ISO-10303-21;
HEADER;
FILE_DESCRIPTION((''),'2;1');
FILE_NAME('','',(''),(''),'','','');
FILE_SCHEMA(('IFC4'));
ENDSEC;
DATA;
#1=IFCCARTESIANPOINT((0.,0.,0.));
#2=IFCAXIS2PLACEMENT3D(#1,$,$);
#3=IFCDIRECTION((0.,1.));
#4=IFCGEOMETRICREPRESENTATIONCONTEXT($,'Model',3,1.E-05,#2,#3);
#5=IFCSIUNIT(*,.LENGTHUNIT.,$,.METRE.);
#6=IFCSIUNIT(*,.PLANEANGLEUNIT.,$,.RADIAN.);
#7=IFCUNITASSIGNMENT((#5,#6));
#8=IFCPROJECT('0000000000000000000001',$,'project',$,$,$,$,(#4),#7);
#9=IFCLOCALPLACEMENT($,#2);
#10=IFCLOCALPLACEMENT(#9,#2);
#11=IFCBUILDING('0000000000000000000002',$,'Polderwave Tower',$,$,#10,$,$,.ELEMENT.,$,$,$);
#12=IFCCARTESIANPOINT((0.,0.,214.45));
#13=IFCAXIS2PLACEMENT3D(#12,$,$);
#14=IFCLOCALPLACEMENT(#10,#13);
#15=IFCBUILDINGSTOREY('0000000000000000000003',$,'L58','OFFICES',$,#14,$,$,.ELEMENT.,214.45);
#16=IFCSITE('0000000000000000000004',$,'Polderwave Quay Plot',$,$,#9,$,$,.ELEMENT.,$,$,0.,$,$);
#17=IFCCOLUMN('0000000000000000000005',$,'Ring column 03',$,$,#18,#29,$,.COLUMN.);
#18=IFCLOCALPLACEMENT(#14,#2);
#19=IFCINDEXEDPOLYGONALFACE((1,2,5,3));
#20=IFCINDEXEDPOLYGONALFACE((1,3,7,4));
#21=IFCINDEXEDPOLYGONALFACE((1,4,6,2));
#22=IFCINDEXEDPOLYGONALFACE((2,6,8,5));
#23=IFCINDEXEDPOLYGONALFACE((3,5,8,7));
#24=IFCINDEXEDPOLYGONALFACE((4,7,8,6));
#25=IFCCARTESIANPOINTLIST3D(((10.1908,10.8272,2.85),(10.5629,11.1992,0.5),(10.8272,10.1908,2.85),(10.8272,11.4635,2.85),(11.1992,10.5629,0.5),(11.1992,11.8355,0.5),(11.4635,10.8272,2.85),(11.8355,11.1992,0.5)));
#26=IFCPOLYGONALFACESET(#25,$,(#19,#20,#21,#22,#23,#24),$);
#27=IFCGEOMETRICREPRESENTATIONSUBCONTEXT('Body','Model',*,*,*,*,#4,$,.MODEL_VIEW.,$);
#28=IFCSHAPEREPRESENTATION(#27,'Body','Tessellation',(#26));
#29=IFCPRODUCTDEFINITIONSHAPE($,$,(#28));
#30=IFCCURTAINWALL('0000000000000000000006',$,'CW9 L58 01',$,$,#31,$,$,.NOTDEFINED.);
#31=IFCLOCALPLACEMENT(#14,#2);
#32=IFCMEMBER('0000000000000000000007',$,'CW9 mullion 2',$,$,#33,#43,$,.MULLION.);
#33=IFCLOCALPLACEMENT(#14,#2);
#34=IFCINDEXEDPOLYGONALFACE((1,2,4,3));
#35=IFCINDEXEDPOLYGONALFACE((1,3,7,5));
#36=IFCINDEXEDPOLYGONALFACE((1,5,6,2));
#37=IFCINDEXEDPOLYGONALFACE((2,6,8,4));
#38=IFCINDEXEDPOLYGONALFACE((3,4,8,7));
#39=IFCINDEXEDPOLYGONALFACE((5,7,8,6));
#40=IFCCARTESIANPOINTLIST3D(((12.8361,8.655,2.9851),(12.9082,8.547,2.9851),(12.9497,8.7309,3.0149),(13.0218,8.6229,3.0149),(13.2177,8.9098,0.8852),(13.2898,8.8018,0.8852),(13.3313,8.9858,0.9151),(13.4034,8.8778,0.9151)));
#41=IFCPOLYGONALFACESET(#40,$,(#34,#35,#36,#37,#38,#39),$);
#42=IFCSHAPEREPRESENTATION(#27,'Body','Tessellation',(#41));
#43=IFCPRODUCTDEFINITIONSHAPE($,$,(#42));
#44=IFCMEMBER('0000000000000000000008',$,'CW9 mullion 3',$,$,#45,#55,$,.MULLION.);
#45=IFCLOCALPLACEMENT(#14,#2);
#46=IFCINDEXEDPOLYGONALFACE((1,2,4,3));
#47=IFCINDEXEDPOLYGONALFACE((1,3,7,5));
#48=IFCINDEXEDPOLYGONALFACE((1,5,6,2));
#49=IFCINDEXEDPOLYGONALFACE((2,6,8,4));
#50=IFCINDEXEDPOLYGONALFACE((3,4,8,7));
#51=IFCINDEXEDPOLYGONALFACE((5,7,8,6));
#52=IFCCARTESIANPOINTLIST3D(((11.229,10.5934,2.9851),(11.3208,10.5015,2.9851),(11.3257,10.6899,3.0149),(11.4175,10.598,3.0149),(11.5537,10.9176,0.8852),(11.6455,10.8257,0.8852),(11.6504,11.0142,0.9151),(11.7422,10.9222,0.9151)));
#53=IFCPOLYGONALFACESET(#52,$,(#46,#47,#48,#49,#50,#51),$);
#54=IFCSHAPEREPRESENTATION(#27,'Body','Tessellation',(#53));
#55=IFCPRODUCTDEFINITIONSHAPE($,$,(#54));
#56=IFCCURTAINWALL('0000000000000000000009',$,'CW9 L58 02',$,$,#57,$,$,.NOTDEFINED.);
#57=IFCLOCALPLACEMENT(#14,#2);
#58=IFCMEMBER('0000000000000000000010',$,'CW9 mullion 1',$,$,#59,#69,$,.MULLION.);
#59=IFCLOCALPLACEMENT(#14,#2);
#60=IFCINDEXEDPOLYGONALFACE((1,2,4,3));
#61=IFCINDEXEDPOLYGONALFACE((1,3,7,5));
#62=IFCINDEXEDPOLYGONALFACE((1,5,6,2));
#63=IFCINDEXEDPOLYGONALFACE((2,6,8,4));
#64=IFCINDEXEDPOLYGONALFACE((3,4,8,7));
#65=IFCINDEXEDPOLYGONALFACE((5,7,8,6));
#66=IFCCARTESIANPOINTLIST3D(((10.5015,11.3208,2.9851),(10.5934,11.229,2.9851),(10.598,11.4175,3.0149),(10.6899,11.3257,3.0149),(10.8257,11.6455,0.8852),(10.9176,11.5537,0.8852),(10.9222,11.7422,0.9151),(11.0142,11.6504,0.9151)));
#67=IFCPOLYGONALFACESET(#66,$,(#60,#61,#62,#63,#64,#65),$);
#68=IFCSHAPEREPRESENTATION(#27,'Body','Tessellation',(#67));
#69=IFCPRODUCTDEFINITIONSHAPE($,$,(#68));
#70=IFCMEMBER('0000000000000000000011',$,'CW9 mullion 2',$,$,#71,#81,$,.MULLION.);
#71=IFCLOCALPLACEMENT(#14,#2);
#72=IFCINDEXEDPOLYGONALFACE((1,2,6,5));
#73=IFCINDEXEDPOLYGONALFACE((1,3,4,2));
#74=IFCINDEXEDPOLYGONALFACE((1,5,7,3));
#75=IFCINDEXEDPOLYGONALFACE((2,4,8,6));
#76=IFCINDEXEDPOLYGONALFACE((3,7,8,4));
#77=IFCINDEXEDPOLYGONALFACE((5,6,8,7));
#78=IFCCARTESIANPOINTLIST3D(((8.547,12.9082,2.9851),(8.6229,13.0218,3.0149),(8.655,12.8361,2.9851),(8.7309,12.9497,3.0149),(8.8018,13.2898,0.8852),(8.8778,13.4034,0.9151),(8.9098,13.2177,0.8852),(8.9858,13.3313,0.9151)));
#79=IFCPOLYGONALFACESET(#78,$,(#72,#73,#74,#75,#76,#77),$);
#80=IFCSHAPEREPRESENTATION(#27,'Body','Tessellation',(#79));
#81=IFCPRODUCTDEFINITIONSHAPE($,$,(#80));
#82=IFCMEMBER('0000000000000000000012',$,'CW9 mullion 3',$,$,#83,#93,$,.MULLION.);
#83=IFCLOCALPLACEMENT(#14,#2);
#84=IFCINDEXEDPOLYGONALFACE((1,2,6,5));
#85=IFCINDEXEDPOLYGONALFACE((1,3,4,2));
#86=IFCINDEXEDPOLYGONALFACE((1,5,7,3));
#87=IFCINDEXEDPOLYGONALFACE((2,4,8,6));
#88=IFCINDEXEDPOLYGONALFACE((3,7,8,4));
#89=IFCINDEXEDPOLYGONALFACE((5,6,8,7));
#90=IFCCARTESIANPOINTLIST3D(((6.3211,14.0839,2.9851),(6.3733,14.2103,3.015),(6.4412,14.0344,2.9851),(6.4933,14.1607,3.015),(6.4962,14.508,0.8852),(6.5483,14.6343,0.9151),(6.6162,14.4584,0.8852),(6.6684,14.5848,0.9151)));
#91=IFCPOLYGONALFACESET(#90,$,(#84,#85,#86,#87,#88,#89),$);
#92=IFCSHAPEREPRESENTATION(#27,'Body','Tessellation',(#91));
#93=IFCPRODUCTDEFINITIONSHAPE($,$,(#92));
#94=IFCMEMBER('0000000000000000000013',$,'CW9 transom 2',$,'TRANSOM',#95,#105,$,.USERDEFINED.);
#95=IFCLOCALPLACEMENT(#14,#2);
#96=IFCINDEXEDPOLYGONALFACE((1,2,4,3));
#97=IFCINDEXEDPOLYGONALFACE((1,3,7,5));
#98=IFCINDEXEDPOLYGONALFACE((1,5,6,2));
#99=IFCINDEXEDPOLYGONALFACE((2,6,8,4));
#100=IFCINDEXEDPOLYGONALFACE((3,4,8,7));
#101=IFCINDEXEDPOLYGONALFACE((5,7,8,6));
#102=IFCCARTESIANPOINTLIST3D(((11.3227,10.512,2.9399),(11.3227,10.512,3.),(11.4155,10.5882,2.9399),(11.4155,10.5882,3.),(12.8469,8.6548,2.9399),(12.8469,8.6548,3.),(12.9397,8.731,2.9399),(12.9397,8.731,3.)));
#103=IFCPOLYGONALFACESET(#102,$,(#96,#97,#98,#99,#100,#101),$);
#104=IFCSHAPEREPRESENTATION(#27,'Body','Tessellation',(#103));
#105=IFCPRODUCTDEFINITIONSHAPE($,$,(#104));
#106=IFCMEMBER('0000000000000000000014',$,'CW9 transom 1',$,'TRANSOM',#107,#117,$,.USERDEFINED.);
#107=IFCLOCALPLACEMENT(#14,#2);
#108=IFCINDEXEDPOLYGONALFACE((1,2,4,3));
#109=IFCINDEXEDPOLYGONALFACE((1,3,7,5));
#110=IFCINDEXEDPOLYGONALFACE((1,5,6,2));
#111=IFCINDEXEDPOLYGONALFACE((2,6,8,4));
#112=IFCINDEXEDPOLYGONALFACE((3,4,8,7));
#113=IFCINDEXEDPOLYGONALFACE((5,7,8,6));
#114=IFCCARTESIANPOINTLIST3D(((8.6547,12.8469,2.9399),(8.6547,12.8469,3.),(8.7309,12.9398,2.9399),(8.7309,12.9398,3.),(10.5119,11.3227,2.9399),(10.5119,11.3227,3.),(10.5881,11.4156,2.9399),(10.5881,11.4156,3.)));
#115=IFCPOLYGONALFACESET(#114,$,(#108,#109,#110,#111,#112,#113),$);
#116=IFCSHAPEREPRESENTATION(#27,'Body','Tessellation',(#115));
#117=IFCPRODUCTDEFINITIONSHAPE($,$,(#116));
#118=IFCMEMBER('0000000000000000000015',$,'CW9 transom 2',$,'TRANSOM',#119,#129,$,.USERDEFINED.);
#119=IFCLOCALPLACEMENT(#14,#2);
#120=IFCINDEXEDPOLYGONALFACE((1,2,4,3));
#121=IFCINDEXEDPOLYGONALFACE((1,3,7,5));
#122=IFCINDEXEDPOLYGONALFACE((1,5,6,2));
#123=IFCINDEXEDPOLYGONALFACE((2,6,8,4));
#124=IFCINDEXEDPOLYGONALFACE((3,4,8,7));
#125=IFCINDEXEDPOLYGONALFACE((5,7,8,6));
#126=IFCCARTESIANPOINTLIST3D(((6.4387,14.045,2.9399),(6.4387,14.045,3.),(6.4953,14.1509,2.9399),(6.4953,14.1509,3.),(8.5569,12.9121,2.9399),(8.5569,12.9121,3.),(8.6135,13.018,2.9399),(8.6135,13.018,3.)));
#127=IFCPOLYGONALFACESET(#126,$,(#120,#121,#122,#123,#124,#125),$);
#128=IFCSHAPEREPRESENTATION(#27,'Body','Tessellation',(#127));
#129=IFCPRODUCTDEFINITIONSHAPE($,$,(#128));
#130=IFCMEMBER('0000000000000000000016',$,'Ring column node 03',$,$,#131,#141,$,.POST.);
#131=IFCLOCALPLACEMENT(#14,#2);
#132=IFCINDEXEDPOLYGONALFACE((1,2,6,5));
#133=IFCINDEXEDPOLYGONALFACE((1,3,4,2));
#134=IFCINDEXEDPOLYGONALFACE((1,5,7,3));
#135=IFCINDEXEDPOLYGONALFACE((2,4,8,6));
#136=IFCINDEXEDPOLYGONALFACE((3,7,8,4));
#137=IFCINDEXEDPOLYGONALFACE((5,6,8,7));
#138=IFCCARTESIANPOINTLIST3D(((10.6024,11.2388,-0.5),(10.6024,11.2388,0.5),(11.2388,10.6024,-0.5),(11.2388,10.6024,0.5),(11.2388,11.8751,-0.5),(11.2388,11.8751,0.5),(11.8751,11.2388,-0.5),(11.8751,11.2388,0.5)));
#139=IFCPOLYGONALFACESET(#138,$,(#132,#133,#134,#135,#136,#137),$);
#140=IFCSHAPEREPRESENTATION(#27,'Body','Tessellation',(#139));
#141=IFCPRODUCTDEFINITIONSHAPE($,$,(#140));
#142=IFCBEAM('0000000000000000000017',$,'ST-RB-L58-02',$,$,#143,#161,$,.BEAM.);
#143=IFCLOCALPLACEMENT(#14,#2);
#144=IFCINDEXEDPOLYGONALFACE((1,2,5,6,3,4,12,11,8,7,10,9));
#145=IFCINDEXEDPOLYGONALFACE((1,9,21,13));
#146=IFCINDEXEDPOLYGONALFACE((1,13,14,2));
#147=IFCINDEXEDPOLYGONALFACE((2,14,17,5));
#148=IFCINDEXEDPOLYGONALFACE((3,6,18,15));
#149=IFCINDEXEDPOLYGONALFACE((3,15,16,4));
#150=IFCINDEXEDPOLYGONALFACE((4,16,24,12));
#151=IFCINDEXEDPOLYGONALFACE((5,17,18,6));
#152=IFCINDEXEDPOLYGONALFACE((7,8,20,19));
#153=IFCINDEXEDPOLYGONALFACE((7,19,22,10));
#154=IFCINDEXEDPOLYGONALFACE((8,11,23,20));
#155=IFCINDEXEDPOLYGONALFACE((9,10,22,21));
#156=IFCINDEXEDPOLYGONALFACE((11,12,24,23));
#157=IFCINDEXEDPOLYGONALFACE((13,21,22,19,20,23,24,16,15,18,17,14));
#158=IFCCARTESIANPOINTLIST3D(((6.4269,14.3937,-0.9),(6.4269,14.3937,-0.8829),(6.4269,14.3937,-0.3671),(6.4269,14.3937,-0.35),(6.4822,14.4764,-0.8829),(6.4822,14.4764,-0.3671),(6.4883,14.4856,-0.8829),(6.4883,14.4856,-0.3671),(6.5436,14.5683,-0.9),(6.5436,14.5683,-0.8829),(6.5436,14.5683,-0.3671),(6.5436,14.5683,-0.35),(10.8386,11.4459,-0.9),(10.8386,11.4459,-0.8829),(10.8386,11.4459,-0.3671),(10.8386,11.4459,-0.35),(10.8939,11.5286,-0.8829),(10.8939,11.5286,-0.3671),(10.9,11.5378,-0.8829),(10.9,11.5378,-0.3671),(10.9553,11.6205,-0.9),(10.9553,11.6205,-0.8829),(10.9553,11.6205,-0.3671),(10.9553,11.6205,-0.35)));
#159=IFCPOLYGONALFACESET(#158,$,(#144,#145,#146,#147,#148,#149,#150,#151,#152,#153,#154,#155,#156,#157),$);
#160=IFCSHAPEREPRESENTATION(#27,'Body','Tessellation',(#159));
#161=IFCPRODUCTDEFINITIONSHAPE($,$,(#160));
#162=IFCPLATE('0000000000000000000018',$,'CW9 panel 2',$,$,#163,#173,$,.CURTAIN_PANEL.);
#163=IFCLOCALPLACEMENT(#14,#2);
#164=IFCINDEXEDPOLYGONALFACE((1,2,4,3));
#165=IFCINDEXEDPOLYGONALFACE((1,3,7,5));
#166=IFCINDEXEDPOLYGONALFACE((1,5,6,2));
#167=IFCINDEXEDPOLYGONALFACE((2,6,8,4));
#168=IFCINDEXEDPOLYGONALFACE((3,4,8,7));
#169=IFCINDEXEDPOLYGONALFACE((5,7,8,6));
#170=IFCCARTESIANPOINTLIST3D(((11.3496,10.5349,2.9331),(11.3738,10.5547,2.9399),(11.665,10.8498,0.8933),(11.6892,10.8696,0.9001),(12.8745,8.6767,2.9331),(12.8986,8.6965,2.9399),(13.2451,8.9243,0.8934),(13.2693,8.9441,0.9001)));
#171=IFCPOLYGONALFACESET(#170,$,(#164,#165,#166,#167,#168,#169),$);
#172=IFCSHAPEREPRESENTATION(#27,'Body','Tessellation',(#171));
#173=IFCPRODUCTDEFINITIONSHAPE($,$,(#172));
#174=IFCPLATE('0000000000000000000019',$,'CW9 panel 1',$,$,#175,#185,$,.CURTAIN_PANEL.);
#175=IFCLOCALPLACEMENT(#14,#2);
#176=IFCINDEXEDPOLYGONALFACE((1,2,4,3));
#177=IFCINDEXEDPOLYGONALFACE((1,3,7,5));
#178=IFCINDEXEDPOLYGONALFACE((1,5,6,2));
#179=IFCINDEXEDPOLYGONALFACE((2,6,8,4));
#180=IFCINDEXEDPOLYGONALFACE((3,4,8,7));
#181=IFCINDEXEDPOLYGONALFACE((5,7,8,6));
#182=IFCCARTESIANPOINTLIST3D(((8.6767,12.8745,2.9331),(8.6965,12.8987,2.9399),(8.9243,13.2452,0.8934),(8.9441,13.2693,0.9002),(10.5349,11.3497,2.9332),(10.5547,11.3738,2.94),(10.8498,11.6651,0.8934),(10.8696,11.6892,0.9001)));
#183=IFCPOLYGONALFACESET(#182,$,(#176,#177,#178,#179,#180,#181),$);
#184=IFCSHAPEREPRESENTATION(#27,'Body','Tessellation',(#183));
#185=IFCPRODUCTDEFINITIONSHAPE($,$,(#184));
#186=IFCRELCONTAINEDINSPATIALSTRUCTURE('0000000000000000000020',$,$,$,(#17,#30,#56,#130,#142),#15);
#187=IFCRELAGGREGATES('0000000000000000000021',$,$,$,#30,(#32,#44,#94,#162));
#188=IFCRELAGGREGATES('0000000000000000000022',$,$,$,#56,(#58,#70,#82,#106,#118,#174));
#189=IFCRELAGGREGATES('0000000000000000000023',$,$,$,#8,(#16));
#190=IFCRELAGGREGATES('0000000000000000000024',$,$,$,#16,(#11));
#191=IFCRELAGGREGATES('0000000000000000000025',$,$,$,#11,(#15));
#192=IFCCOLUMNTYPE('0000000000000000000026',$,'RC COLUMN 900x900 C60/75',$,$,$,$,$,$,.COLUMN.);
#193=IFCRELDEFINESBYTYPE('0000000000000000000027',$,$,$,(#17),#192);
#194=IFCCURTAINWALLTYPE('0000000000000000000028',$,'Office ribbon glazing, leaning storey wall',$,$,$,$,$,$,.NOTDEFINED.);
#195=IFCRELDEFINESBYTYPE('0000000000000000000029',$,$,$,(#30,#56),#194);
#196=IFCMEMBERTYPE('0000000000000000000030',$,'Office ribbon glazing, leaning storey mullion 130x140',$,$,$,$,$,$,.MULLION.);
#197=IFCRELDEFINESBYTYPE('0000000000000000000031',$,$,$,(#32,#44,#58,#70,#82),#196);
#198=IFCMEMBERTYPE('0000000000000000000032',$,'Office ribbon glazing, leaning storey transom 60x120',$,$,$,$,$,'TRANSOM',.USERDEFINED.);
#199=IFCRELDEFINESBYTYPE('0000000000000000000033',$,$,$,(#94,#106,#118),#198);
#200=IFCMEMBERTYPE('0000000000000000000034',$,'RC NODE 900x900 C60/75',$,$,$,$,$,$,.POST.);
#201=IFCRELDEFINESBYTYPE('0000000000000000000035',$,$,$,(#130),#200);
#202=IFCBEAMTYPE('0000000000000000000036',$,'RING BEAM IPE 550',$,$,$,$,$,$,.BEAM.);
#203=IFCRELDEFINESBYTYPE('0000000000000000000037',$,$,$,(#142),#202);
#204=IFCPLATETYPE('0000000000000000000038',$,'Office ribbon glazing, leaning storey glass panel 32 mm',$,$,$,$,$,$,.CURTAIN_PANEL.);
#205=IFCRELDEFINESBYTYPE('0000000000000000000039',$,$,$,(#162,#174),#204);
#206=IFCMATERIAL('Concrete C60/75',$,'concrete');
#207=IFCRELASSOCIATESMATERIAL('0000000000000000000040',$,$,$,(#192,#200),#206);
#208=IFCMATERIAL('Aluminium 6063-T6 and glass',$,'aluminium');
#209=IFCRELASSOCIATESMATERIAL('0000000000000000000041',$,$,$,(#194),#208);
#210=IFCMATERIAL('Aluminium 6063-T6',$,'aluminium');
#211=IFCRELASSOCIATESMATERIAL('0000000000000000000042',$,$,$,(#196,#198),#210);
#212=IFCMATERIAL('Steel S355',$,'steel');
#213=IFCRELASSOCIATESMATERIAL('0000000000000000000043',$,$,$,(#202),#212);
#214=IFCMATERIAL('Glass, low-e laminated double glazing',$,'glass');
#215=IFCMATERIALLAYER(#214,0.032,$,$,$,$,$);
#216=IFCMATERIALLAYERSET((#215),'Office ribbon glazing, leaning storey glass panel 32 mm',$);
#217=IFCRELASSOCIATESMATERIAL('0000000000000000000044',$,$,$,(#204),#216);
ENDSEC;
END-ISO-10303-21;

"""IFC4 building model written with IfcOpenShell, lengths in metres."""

from ifc_helpers import new_model, si_unit, direction, frame, origin, origin_2d, place, context, subcontext, project, spatial, polyline, rectangle, i_section, outline, extrude, material, layer, layer_set, material_profile, profile_set, type_object, element, aggregate, save


model = new_model("IFC4")

# Units and contexts
model_context = context("Model", 3, precision=1e-05, world=origin(), true_north=direction((0.0, 1.0)))
body_context = subcontext(model_context, "Body", "Model", "MODEL_VIEW")
ifc_project = project(units=[si_unit("LENGTHUNIT", "METRE"), si_unit("PLANEANGLEUNIT", "RADIAN")], contexts=[model_context])

# Site, building, storey
site_placement = place(None, origin())
site = spatial("IfcSite", under=ifc_project, at=site_placement, Name="Polderwave Quay Plot", CompositionType="ELEMENT", RefElevation=0.0)
building_placement = place(site_placement, origin())
building = spatial("IfcBuilding", under=site, at=building_placement, Name="Polderwave Tower", CompositionType="ELEMENT")
storey_placement = place(building_placement, frame((0.0, 0.0, 214.45)))
storey = spatial("IfcBuildingStorey", under=building, at=storey_placement, Name="L58", Description="OFFICES", CompositionType="ELEMENT", Elevation=214.45)

# Column
ifc_material_1 = material(Name="Concrete C60/75", Category="concrete")
ifc_material_profile_1 = material_profile(ifc_material_1, rectangle(XDim=0.8999, YDim=0.8999, at=origin_2d()), Name="RC 900x900")
ifc_profile_set_1 = profile_set([ifc_material_profile_1], Name="Concrete C60/75")
column_type = type_object("IfcColumnType", Name="RC COLUMN 900x900 C60/75", PredefinedType="COLUMN", material=ifc_profile_set_1)
column_placement = place(storey_placement, frame((11.1992, 11.1992, 0.5), z_axis=(0.0, 0.0, 1.0), x_axis=(0.707107, -0.707107, 0.0)))
element("IfcColumn", 1, at=column_placement, inside=storey, type_object=column_type, Name="Ring column 03", PredefinedType="COLUMN", context=body_context, shape_type="SweptSolid", body=[
    extrude(rectangle(XDim=0.8999, YDim=0.8999, at=origin_2d()), origin(), (0.0, -0.21849, 0.975839), 2.4082),
])

# Curtain walls, members
ifc_material_2 = material(Name="Aluminium 6063-T6 and glass", Category="aluminium")
curtain_wall_type = type_object("IfcCurtainWallType", Name="Office ribbon glazing, leaning storey wall", PredefinedType="NOTDEFINED", material=ifc_material_2)
curtain_wall_1_placement = place(storey_placement, origin())
curtain_wall_1 = element("IfcCurtainWall", 2, at=curtain_wall_1_placement, inside=storey, type_object=curtain_wall_type, Name="CW9 L58 01", PredefinedType="NOTDEFINED")
ifc_material_3 = material(Name="Aluminium 6063-T6", Category="aluminium")
ifc_material_profile_2 = material_profile(ifc_material_3, rectangle(XDim=0.1299, YDim=0.1399, at=origin_2d()), Name="AL 130x140")
ifc_profile_set_2 = profile_set([ifc_material_profile_2], Name="Aluminium 6063-T6")
member_type_1 = type_object("IfcMemberType", Name="Office ribbon glazing, leaning storey mullion 130x140", PredefinedType="MULLION", material=ifc_profile_set_2)
member_1_placement = place(storey_placement, frame((13.3105, 8.8938, 0.9001), z_axis=(-0.177533, -0.118583, 0.976944), x_axis=(0.555437, -0.831559, 0.0)))
member_1 = element("IfcMember", 3, at=member_1_placement, type_object=member_type_1, Name="CW9 mullion 2", PredefinedType="MULLION", context=body_context, shape_type="SweptSolid", body=[
    extrude(rectangle(XDim=0.1299, YDim=0.1399, at=origin_2d()), origin(), (0.0, 0.0, 1.0), 2.1494),
])
member_2_placement = place(storey_placement, frame((11.6479, 10.9199, 0.9001), z_axis=(-0.151068, -0.150841, 0.976947), x_axis=(0.706575, -0.707639, 0.0)))
member_2 = element("IfcMember", 4, at=member_2_placement, type_object=member_type_1, Name="CW9 mullion 3", PredefinedType="MULLION", context=body_context, shape_type="SweptSolid", body=[
    extrude(rectangle(XDim=0.1299, YDim=0.1399, at=origin_2d()), origin(), (0.0, 0.0, 1.0), 2.1494),
])
curtain_wall_2_placement = place(storey_placement, origin())
curtain_wall_2 = element("IfcCurtainWall", 5, at=curtain_wall_2_placement, inside=storey, type_object=curtain_wall_type, Name="CW9 L58 02", PredefinedType="NOTDEFINED")
member_3_placement = place(storey_placement, frame((10.9199, 11.6479, 0.9001), z_axis=(-0.150841, -0.151068, 0.976947), x_axis=(0.707639, -0.706575, 0.0)))
member_3 = element("IfcMember", 6, at=member_3_placement, type_object=member_type_1, Name="CW9 mullion 1", PredefinedType="MULLION", context=body_context, shape_type="SweptSolid", body=[
    extrude(rectangle(XDim=0.1299, YDim=0.1399, at=origin_2d()), origin(), (0.0, 0.0, 1.0), 2.1494),
])
member_4_placement = place(storey_placement, frame((8.8938, 13.3105, 0.9001), z_axis=(-0.118583, -0.177533, 0.976944), x_axis=(0.831559, -0.555437, 0.0)))
member_4 = element("IfcMember", 7, at=member_4_placement, type_object=member_type_1, Name="CW9 mullion 2", PredefinedType="MULLION", context=body_context, shape_type="SweptSolid", body=[
    extrude(rectangle(XDim=0.1299, YDim=0.1399, at=origin_2d()), origin(), (0.0, 0.0, 1.0), 2.1494),
])
member_5_placement = place(storey_placement, frame((6.5823, 14.5464, 0.9001), z_axis=(-0.081441, -0.197299, 0.976955), x_axis=(0.924347, -0.381553, 0.0)))
member_5 = element("IfcMember", 8, at=member_5_placement, type_object=member_type_1, Name="CW9 mullion 3", PredefinedType="MULLION", context=body_context, shape_type="SweptSolid", body=[
    extrude(rectangle(XDim=0.1299, YDim=0.1399, at=origin_2d()), origin(), (0.0, 0.0, 1.0), 2.1494),
])

# Members
ifc_material_profile_3 = material_profile(ifc_material_3, rectangle(XDim=0.1201, YDim=0.0601, at=origin_2d()), Name="AL 60x120")
ifc_profile_set_3 = profile_set([ifc_material_profile_3], Name="Aluminium 6063-T6")
member_type_2 = type_object("IfcMemberType", Name="Office ribbon glazing, leaning storey transom 60x120", ElementType="TRANSOM", PredefinedType="USERDEFINED", material=ifc_profile_set_3)
member_6_placement = place(storey_placement, frame((12.8933, 8.6929, 2.97), z_axis=(-0.634399, 0.773006, 0.0), x_axis=(-0.773006, -0.634399, 0.0)))
member_6 = element("IfcMember", 9, at=member_6_placement, type_object=member_type_2, Name="CW9 transom 2", ObjectType="TRANSOM", PredefinedType="USERDEFINED", context=body_context, shape_type="SweptSolid", body=[
    extrude(rectangle(XDim=0.1201, YDim=0.0601, at=origin_2d()), origin(), (0.0, 0.0, 1.0), 2.4026),
])
member_7_placement = place(storey_placement, frame((10.55, 11.3691, 2.97), z_axis=(-0.773006, 0.634399, 0.0), x_axis=(-0.634399, -0.773006, 0.0)))
member_7 = element("IfcMember", 10, at=member_7_placement, type_object=member_type_2, Name="CW9 transom 1", ObjectType="TRANSOM", PredefinedType="USERDEFINED", context=body_context, shape_type="SweptSolid", body=[
    extrude(rectangle(XDim=0.1201, YDim=0.0601, at=origin_2d()), origin(), (0.0, 0.0, 1.0), 2.4026),
])
member_8_placement = place(storey_placement, frame((8.5852, 12.9651, 2.97), z_axis=(-0.881812, 0.471601, 0.0), x_axis=(-0.471601, -0.881812, 0.0)))
member_8 = element("IfcMember", 11, at=member_8_placement, type_object=member_type_2, Name="CW9 transom 2", ObjectType="TRANSOM", PredefinedType="USERDEFINED", context=body_context, shape_type="SweptSolid", body=[
    extrude(rectangle(XDim=0.1201, YDim=0.0601, at=origin_2d()), origin(), (0.0, 0.0, 1.0), 2.4021),
])
ifc_material_profile_4 = material_profile(ifc_material_1, rectangle(XDim=0.8999, YDim=0.8999, at=origin_2d()), Name="RC 900x900")
ifc_profile_set_4 = profile_set([ifc_material_profile_4], Name="Concrete C60/75")
member_type_3 = type_object("IfcMemberType", Name="RC NODE 900x900 C60/75", PredefinedType="POST", material=ifc_profile_set_4)
member_9_placement = place(storey_placement, frame((11.2388, 11.2388, -0.5), z_axis=(0.0, 0.0, 1.0), x_axis=(0.707107, 0.707107, 0.0)))
element("IfcMember", 12, at=member_9_placement, inside=storey, type_object=member_type_3, Name="Ring column node 03", PredefinedType="POST", context=body_context, shape_type="SweptSolid", body=[
    extrude(rectangle(XDim=0.8999, YDim=0.8999, at=origin_2d()), origin(), (0.0, 0.0, 1.0), 1.0),
])

# Beam
ifc_material_4 = material(Name="Steel S355", Category="steel")
ifc_material_profile_5 = material_profile(ifc_material_4, i_section(OverallWidth=0.21, OverallDepth=0.55, WebThickness=0.011, FlangeThickness=0.0171, at=origin_2d()), Name="IPE 550")
ifc_profile_set_5 = profile_set([ifc_material_profile_5], Name="Steel S355")
beam_type = type_object("IfcBeamType", Name="RING BEAM IPE 550", PredefinedType="BEAM", material=ifc_profile_set_5)
beam_placement = place(storey_placement, frame((10.897, 11.5332, -0.625), z_axis=(-0.831469, 0.555571, 0.0), x_axis=(-0.555571, -0.831469, 0.0)))
element("IfcBeam", 13, at=beam_placement, inside=storey, type_object=beam_type, Name="ST-RB-L58-02", PredefinedType="BEAM", context=body_context, shape_type="SweptSolid", body=[
    extrude(i_section(OverallWidth=0.21, OverallDepth=0.55, WebThickness=0.011, FlangeThickness=0.0171, at=origin_2d()), origin(), (0.0, 0.0, 1.0), 5.3059),
])

# Plates
ifc_material_5 = material(Name="Glass, low-e laminated double glazing", Category="glass")
ifc_layer_1 = layer(ifc_material_5, 0.032)
ifc_layer_set_1 = layer_set([ifc_layer_1], Name="Office ribbon glazing, leaning storey glass panel 32 mm")
plate_type = type_object("IfcPlateType", Name="Office ribbon glazing, leaning storey glass panel 32 mm", PredefinedType="CURTAIN_PANEL", material=ifc_layer_set_1)
plate_1_placement = place(storey_placement, frame((13.2693, 8.9441, 0.9001), z_axis=(0.755377, 0.619879, 0.212496), x_axis=(-0.634366, 0.773033, -0.000004)))
plate_1 = element("IfcPlate", 14, at=plate_1_placement, type_object=plate_type, Name="CW9 panel 2", PredefinedType="CURTAIN_PANEL", context=body_context, shape_type="SweptSolid", body=[
    extrude(outline(polyline([(0.0, 0.0), (2.4909, 0.0), (2.4475, 2.0875), (0.0437, 2.0875), (0.0, 0.0)])), origin(), (0.0, 0.0, -1.0), 0.032),
])
aggregate(curtain_wall_1, [member_1, member_2, member_6, plate_1])
plate_2_placement = place(storey_placement, frame((10.8696, 11.6892, 0.9001), z_axis=(0.619879, 0.755377, 0.212496), x_axis=(-0.773033, 0.634366, 0.000004)))
plate_2 = element("IfcPlate", 15, at=plate_2_placement, type_object=plate_type, Name="CW9 panel 1", PredefinedType="CURTAIN_PANEL", context=body_context, shape_type="SweptSolid", body=[
    extrude(outline(polyline([(0.0, 0.0), (2.4909, 0.0), (2.4471, 2.0875), (0.0434, 2.0875), (0.0, 0.0)])), origin(), (0.0, 0.0, -1.0), 0.032),
])
aggregate(curtain_wall_2, [member_3, member_4, member_5, member_7, member_8, plate_2])

save(model, "model.ifc")
